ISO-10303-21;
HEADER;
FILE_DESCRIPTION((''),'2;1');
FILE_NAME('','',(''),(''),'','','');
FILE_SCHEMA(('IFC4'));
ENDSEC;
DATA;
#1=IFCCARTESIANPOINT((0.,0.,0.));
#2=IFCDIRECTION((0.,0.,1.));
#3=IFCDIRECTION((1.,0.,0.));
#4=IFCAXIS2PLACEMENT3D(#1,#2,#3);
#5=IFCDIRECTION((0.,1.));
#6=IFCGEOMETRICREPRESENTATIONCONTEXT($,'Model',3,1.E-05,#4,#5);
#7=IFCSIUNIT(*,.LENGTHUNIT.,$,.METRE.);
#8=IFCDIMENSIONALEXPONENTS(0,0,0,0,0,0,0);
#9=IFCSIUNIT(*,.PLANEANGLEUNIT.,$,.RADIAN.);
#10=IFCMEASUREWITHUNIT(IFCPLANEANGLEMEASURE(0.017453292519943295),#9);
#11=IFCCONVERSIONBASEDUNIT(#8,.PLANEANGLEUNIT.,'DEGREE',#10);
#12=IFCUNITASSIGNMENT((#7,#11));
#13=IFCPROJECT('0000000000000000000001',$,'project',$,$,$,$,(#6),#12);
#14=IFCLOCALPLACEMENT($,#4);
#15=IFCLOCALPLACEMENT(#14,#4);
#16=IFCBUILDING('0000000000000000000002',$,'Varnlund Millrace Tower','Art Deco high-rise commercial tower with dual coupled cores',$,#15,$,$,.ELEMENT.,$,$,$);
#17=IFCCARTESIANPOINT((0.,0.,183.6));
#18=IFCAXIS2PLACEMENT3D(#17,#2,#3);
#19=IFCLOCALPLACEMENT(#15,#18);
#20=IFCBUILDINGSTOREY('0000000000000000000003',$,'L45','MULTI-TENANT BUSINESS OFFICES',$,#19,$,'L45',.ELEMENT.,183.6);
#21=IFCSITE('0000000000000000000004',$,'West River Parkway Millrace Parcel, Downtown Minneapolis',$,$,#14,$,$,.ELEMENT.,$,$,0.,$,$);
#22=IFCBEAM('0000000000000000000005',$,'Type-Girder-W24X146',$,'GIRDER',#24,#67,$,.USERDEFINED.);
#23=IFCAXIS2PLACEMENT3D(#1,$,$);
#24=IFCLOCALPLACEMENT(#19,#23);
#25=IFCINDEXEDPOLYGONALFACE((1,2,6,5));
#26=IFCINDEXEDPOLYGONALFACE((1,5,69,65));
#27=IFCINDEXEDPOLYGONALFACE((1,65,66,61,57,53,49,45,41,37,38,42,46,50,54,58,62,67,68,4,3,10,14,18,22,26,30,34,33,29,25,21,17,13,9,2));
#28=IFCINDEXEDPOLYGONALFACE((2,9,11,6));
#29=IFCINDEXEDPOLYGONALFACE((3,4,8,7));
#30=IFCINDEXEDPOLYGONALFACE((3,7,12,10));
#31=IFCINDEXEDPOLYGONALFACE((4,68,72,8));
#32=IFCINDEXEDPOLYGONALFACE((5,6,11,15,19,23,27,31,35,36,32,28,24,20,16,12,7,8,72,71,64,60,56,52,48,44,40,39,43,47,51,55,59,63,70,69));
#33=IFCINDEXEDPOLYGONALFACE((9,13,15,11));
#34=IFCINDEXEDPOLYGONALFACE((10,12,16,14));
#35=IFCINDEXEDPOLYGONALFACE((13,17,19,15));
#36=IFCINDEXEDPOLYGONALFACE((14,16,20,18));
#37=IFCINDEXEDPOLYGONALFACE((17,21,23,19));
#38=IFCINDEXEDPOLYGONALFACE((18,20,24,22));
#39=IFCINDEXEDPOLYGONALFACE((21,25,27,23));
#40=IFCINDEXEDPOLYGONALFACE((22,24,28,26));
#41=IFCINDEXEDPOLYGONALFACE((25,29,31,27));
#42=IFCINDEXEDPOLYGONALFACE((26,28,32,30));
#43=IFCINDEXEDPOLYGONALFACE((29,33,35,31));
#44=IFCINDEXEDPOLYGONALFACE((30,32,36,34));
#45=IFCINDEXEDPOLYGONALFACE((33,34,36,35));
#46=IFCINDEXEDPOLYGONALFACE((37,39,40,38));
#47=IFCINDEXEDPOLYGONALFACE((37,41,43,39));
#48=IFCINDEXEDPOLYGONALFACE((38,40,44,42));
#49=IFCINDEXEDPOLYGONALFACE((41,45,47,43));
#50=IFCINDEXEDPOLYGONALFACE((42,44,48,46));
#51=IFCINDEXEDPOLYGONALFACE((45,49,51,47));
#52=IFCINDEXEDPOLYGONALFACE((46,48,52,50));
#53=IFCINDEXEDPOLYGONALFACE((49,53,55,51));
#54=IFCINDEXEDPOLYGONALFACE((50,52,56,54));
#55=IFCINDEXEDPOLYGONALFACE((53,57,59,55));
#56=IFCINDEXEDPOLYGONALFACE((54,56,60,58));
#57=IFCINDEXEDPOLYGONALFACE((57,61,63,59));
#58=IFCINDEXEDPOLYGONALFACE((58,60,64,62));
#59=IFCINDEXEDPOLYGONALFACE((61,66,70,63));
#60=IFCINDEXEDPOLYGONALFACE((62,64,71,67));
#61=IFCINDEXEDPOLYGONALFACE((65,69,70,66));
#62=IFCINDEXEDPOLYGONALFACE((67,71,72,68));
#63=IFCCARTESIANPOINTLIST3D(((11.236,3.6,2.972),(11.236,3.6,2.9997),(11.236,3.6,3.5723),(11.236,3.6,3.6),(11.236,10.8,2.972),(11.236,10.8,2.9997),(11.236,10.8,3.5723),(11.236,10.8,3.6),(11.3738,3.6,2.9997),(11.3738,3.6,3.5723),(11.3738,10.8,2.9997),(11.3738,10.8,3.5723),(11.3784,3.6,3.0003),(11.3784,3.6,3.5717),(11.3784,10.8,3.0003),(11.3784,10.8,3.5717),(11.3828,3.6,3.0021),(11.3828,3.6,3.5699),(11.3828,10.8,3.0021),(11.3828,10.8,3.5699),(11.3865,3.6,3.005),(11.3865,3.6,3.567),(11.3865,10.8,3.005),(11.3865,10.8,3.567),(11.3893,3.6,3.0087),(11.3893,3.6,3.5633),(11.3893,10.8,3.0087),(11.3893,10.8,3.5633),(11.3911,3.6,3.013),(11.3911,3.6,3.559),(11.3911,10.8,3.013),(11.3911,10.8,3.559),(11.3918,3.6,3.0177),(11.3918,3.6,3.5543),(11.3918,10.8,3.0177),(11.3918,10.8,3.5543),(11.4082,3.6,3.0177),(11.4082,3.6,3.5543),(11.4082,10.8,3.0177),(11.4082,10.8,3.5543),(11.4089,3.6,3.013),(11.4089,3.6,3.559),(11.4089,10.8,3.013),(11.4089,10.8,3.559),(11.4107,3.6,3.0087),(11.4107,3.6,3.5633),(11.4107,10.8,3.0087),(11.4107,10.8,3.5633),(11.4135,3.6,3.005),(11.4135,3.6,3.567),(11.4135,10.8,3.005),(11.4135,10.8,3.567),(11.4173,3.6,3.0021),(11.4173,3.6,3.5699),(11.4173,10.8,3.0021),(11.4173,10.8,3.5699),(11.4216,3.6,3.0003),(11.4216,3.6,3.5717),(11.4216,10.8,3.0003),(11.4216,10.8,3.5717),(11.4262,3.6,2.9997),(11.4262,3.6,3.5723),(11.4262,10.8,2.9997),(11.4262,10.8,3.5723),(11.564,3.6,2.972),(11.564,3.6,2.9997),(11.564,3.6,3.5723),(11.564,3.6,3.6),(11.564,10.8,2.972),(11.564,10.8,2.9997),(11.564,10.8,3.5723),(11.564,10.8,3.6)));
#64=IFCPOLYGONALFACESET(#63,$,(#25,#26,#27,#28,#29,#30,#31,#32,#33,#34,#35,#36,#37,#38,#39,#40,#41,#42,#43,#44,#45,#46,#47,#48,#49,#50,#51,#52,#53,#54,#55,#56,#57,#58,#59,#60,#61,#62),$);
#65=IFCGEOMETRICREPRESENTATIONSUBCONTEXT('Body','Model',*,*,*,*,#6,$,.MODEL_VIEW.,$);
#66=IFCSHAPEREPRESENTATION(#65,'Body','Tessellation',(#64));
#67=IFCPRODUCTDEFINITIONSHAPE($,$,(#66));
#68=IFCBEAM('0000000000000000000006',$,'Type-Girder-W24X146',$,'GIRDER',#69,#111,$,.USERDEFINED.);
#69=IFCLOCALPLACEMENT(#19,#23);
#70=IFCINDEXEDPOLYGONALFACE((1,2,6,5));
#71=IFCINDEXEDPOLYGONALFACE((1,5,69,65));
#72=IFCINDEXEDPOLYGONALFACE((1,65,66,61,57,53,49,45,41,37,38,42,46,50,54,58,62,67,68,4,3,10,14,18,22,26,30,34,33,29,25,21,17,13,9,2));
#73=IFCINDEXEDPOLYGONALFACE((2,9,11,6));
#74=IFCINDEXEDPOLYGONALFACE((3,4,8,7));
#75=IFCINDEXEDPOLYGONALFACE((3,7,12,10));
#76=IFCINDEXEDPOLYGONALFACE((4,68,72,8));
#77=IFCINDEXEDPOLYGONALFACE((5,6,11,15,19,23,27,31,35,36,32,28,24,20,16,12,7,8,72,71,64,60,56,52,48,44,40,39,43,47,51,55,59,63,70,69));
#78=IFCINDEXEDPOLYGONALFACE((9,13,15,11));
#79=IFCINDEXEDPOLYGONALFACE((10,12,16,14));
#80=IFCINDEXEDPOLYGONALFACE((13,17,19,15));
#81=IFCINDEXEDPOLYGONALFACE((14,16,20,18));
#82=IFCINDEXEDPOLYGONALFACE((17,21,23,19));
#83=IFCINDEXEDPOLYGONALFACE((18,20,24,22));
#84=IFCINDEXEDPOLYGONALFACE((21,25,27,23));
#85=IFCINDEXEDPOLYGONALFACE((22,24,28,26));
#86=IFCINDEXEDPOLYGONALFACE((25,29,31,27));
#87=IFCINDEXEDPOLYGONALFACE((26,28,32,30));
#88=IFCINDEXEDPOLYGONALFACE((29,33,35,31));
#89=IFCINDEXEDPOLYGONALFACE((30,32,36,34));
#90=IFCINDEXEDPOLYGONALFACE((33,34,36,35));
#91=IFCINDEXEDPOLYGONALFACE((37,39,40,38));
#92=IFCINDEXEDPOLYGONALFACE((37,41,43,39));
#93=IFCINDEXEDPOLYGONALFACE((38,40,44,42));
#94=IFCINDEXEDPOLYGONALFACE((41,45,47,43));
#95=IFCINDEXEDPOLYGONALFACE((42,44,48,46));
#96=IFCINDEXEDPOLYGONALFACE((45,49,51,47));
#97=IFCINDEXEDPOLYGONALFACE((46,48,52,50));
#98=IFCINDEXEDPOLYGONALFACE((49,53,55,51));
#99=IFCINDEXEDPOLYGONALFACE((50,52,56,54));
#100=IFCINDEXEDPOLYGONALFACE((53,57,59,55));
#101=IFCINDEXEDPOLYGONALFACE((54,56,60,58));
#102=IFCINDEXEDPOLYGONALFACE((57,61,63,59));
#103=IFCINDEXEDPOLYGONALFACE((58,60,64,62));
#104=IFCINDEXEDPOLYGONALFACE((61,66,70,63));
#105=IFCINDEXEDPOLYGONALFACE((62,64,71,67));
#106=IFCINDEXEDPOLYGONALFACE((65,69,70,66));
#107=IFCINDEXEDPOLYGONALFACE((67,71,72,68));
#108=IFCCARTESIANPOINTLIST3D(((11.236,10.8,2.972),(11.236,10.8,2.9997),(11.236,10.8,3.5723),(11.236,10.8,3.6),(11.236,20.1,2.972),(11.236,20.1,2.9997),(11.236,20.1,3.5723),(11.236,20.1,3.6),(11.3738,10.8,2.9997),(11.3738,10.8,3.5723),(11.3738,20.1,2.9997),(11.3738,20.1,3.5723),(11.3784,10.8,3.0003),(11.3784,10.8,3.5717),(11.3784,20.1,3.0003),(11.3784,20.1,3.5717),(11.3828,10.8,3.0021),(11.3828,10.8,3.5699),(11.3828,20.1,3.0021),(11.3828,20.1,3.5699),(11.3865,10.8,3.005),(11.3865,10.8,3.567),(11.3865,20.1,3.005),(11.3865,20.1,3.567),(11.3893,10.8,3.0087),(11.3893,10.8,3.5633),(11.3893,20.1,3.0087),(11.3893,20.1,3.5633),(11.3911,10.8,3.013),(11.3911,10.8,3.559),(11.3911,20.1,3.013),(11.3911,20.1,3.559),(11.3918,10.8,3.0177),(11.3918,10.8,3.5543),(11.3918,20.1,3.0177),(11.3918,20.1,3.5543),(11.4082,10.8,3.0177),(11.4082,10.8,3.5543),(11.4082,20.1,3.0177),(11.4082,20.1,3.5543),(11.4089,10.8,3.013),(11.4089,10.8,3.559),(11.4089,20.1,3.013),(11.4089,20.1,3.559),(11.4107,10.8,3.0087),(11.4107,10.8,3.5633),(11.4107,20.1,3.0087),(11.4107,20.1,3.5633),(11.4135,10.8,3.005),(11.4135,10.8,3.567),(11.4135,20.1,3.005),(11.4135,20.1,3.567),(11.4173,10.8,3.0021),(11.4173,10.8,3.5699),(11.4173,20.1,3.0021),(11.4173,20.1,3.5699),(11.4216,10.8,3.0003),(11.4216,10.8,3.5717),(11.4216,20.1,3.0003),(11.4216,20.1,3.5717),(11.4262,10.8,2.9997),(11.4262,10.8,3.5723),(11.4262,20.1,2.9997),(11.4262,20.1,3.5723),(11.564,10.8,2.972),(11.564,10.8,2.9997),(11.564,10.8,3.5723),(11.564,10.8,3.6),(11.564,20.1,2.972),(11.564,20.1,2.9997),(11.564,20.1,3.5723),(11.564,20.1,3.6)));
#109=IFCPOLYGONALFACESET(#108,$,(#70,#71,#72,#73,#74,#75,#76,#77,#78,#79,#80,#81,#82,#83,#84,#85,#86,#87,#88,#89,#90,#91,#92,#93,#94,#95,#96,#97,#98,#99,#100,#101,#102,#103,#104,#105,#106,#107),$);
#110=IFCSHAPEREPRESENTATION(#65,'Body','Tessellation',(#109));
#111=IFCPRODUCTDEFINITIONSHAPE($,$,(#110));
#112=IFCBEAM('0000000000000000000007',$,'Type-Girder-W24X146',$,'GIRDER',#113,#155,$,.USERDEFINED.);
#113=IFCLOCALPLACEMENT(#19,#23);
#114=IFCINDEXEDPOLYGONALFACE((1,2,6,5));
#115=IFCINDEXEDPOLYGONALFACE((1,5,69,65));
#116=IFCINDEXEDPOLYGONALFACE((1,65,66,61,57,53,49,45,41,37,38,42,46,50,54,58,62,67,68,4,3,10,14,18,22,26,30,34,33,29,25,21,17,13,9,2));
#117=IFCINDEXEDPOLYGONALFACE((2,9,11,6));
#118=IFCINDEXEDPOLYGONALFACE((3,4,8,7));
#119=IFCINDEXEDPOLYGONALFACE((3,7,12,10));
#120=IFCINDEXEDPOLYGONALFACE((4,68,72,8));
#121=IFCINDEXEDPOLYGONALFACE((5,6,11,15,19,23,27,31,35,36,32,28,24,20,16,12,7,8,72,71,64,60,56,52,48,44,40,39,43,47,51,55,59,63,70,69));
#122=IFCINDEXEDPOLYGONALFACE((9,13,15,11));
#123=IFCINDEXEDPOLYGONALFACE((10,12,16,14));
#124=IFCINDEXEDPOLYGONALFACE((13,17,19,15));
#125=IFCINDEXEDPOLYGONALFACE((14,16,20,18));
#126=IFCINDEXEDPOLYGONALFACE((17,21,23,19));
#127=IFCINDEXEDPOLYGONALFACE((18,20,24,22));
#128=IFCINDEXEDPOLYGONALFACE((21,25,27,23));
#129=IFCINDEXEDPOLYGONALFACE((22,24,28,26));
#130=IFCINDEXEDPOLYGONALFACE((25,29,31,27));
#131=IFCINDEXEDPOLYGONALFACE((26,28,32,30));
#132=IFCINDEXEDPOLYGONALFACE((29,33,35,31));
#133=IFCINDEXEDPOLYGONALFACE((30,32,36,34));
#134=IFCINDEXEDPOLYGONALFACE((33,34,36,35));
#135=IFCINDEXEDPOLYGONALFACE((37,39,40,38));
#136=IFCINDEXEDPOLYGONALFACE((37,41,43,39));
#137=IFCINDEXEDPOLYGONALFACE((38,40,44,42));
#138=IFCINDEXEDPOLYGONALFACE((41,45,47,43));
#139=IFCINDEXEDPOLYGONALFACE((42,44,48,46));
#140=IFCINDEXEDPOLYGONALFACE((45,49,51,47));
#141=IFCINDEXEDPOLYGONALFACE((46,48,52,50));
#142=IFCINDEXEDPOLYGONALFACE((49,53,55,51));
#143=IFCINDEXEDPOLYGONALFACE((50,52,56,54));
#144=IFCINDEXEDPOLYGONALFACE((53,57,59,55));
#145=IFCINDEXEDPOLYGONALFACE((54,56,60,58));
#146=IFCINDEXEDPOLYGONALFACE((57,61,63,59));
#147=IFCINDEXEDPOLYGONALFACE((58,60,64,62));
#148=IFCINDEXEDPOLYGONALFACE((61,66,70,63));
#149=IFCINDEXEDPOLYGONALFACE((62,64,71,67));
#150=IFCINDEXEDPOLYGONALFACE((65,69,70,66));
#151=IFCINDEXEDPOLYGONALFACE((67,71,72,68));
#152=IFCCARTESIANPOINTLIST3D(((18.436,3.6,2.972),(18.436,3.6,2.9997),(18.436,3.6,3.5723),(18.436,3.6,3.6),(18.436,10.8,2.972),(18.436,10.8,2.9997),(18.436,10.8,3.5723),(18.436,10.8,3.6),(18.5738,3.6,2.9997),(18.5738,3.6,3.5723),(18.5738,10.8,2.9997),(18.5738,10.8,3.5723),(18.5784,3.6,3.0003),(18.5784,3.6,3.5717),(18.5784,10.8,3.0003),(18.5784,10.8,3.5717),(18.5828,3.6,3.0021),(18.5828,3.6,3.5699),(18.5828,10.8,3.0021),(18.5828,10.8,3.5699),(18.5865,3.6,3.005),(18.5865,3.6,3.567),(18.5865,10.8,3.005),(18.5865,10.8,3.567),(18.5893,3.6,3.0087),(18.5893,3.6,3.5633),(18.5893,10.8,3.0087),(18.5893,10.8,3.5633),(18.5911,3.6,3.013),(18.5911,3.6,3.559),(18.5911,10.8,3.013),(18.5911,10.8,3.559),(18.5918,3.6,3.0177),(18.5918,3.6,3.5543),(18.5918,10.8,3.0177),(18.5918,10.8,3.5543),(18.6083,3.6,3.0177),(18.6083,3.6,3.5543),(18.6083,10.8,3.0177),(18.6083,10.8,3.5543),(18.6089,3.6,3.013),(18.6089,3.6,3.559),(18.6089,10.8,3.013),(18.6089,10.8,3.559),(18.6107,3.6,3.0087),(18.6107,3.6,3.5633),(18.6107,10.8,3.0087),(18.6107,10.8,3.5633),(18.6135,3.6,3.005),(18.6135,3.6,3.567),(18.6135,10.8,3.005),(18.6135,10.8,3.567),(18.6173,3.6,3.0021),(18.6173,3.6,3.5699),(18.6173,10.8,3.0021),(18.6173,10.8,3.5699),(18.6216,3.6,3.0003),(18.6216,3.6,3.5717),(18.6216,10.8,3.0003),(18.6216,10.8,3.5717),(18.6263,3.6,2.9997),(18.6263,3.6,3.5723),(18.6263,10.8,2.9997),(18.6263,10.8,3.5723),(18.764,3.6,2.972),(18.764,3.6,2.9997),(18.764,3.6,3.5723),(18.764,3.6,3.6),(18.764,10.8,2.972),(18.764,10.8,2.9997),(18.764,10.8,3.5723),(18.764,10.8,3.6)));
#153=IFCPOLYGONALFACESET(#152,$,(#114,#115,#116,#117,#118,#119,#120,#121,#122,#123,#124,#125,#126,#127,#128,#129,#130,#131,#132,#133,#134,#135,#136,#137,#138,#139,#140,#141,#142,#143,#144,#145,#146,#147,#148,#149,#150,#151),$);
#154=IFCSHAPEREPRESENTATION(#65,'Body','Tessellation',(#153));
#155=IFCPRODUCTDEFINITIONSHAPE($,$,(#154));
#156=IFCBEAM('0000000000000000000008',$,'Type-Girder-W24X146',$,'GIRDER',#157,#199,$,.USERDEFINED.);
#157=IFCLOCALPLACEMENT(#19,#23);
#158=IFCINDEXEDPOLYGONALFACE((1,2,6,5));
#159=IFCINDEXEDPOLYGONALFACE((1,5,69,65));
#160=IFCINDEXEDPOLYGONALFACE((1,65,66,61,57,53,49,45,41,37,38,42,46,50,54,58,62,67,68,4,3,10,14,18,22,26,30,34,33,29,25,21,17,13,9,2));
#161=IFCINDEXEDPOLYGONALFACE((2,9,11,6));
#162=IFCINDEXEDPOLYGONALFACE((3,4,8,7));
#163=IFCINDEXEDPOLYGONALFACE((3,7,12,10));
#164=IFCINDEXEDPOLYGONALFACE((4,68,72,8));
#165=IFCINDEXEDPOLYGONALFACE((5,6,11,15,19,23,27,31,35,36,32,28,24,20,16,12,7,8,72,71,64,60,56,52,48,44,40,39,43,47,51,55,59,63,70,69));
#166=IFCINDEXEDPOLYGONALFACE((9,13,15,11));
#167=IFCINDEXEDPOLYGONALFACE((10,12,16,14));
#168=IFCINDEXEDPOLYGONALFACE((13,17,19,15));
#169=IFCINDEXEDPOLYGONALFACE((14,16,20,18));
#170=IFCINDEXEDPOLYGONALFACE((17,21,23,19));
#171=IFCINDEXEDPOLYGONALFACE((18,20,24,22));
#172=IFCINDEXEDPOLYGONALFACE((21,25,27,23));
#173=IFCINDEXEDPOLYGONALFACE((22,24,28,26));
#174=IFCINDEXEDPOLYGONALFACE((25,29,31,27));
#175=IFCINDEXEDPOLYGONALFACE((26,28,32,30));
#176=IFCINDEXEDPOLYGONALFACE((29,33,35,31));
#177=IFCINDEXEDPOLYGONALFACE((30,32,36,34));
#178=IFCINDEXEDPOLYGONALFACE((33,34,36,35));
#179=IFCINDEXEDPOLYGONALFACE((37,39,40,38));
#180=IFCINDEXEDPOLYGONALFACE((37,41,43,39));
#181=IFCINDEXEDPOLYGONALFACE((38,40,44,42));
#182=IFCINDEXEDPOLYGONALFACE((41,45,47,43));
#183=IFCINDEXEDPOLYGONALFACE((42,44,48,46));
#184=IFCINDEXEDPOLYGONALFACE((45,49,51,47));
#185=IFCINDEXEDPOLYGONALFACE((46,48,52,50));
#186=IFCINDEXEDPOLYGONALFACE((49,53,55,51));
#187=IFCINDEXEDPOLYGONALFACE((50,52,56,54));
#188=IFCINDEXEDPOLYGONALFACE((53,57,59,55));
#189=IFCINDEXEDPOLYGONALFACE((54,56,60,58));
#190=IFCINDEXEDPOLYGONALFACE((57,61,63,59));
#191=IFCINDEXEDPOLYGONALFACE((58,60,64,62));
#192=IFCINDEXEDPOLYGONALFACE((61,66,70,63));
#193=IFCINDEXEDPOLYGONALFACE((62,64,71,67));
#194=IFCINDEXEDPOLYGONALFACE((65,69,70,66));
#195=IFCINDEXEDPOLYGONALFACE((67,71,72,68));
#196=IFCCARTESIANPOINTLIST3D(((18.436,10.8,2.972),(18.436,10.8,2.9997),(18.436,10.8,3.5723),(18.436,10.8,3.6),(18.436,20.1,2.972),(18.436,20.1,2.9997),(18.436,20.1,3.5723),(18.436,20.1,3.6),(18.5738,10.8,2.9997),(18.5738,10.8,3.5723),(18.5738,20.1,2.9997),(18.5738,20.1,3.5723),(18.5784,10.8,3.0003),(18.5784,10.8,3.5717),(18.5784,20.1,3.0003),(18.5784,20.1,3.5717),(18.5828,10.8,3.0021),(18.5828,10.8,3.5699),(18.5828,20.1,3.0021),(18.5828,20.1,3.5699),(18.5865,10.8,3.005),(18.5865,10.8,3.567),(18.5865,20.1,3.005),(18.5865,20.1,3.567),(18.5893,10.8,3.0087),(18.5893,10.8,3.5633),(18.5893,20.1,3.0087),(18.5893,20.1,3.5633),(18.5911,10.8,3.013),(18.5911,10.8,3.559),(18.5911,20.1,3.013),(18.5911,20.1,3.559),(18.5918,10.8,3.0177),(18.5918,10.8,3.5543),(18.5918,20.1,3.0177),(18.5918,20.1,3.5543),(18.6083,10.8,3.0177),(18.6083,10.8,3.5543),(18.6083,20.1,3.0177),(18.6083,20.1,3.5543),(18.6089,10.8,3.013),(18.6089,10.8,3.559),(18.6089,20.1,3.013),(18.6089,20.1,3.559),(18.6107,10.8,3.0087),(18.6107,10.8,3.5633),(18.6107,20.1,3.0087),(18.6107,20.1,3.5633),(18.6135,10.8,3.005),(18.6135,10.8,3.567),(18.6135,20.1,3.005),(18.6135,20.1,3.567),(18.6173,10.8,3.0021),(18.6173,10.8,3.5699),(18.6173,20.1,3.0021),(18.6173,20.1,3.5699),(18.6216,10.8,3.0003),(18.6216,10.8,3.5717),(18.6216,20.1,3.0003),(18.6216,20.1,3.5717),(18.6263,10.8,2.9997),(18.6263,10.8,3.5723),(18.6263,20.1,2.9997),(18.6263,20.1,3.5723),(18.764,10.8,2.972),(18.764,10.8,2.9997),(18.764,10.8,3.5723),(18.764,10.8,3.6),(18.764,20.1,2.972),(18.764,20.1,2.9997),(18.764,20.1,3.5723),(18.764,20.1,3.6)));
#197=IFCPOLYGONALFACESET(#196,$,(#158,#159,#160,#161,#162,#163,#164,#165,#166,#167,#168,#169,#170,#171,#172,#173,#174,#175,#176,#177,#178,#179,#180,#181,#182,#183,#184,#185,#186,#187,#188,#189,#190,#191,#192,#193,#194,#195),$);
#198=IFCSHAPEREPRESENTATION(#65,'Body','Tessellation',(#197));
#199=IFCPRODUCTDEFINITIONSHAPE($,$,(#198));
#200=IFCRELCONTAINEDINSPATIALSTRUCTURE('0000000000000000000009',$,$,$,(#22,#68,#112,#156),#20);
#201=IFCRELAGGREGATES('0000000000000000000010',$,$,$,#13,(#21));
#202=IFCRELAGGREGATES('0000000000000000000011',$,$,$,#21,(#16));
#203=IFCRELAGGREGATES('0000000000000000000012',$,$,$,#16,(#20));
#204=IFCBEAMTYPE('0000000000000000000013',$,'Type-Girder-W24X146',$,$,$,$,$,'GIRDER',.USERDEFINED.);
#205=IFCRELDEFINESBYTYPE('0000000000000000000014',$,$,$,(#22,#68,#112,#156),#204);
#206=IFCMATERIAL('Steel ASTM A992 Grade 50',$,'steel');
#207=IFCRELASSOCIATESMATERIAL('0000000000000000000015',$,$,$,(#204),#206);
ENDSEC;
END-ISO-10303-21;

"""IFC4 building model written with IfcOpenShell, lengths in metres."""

from ifc_helpers import new_model, entity, si_unit, converted_unit, direction, frame, origin_with_axes, origin_2d_with_axis, place, context, subcontext, project, spatial, i_section, extrude, material, material_profile, profile_set, type_object, element, save


model = new_model("IFC4")

# Units and contexts
model_context = context("Model", 3, precision=1e-05, world=origin_with_axes(), true_north=direction((0.0, 1.0)))
body_context = subcontext(model_context, "Body", "Model", "MODEL_VIEW")
ifc_project = project(units=[si_unit("LENGTHUNIT", "METRE"), converted_unit("PLANEANGLEUNIT", "DEGREE", entity("IfcPlaneAngleMeasure", 0.017453292519943295), si_unit("PLANEANGLEUNIT", "RADIAN"), dimensions=[0, 0, 0, 0, 0, 0, 0])], contexts=[model_context])

# Site, building, storey
site_placement = place(None, origin_with_axes())
site = spatial("IfcSite", under=ifc_project, at=site_placement, Name="West River Parkway Millrace Parcel, Downtown Minneapolis", CompositionType="ELEMENT", RefElevation=0.0)
building_placement = place(site_placement, origin_with_axes())
building = spatial("IfcBuilding", under=site, at=building_placement, Name="Varnlund Millrace Tower", Description="Art Deco high-rise commercial tower with dual coupled cores", CompositionType="ELEMENT")
storey_placement = place(building_placement, frame((0.0, 0.0, 183.6), z_axis=(0.0, 0.0, 1.0), x_axis=(1.0, 0.0, 0.0)))
storey = spatial("IfcBuildingStorey", under=building, at=storey_placement, Name="L45", Description="MULTI-TENANT BUSINESS OFFICES", LongName="L45", CompositionType="ELEMENT", Elevation=183.6)

# Beams
ifc_material_1 = material(Name="Steel ASTM A992 Grade 50", Category="steel")
ifc_material_profile_1 = material_profile(ifc_material_1, i_section(OverallWidth=0.328, OverallDepth=0.628, WebThickness=0.0165, FlangeThickness=0.0277, FilletRadius=0.018, at=origin_2d_with_axis()), Name="Steel ASTM A992 Grade 50")
ifc_profile_set_1 = profile_set([ifc_material_profile_1], Name="Steel ASTM A992 Grade 50")
beam_type_1 = type_object("IfcBeamType", Name="Type-Girder-W24X146", ElementType="GIRDER", PredefinedType="USERDEFINED", material=ifc_profile_set_1)
beam_1_placement = place(storey_placement, frame((11.4, 3.6, 3.286), z_axis=(0.0, 1.0, 0.0), x_axis=(-1.0, 0.0, 0.0)))
element("IfcBeam", 1, at=beam_1_placement, inside=storey, type_object=beam_type_1, Name="Type-Girder-W24X146", ObjectType="GIRDER", PredefinedType="USERDEFINED", context=body_context, shape_type="SweptSolid", body=[
    extrude(i_section(OverallWidth=0.328, OverallDepth=0.628, WebThickness=0.0165, FlangeThickness=0.0277, FilletRadius=0.018, at=origin_2d_with_axis()), origin_with_axes(), (0.0, 0.0, 1.0), 7.2),
])
beam_2_placement = place(storey_placement, frame((11.4, 10.8, 3.286), z_axis=(0.0, 1.0, 0.0), x_axis=(-1.0, 0.0, 0.0)))
element("IfcBeam", 2, at=beam_2_placement, inside=storey, type_object=beam_type_1, Name="Type-Girder-W24X146", ObjectType="GIRDER", PredefinedType="USERDEFINED", context=body_context, shape_type="SweptSolid", body=[
    extrude(i_section(OverallWidth=0.328, OverallDepth=0.628, WebThickness=0.0165, FlangeThickness=0.0277, FilletRadius=0.018, at=origin_2d_with_axis()), origin_with_axes(), (0.0, 0.0, 1.0), 9.3),
])
beam_3_placement = place(storey_placement, frame((18.6, 3.6, 3.286), z_axis=(0.0, 1.0, 0.0), x_axis=(-1.0, 0.0, 0.0)))
element("IfcBeam", 3, at=beam_3_placement, inside=storey, type_object=beam_type_1, Name="Type-Girder-W24X146", ObjectType="GIRDER", PredefinedType="USERDEFINED", context=body_context, shape_type="SweptSolid", body=[
    extrude(i_section(OverallWidth=0.328, OverallDepth=0.628, WebThickness=0.0165, FlangeThickness=0.0277, FilletRadius=0.018, at=origin_2d_with_axis()), origin_with_axes(), (0.0, 0.0, 1.0), 7.2),
])
beam_4_placement = place(storey_placement, frame((18.6, 10.8, 3.286), z_axis=(0.0, 1.0, 0.0), x_axis=(-1.0, 0.0, 0.0)))
element("IfcBeam", 4, at=beam_4_placement, inside=storey, type_object=beam_type_1, Name="Type-Girder-W24X146", ObjectType="GIRDER", PredefinedType="USERDEFINED", context=body_context, shape_type="SweptSolid", body=[
    extrude(i_section(OverallWidth=0.328, OverallDepth=0.628, WebThickness=0.0165, FlangeThickness=0.0277, FilletRadius=0.018, at=origin_2d_with_axis()), origin_with_axes(), (0.0, 0.0, 1.0), 9.3),
])

save(model, "model.ifc")
